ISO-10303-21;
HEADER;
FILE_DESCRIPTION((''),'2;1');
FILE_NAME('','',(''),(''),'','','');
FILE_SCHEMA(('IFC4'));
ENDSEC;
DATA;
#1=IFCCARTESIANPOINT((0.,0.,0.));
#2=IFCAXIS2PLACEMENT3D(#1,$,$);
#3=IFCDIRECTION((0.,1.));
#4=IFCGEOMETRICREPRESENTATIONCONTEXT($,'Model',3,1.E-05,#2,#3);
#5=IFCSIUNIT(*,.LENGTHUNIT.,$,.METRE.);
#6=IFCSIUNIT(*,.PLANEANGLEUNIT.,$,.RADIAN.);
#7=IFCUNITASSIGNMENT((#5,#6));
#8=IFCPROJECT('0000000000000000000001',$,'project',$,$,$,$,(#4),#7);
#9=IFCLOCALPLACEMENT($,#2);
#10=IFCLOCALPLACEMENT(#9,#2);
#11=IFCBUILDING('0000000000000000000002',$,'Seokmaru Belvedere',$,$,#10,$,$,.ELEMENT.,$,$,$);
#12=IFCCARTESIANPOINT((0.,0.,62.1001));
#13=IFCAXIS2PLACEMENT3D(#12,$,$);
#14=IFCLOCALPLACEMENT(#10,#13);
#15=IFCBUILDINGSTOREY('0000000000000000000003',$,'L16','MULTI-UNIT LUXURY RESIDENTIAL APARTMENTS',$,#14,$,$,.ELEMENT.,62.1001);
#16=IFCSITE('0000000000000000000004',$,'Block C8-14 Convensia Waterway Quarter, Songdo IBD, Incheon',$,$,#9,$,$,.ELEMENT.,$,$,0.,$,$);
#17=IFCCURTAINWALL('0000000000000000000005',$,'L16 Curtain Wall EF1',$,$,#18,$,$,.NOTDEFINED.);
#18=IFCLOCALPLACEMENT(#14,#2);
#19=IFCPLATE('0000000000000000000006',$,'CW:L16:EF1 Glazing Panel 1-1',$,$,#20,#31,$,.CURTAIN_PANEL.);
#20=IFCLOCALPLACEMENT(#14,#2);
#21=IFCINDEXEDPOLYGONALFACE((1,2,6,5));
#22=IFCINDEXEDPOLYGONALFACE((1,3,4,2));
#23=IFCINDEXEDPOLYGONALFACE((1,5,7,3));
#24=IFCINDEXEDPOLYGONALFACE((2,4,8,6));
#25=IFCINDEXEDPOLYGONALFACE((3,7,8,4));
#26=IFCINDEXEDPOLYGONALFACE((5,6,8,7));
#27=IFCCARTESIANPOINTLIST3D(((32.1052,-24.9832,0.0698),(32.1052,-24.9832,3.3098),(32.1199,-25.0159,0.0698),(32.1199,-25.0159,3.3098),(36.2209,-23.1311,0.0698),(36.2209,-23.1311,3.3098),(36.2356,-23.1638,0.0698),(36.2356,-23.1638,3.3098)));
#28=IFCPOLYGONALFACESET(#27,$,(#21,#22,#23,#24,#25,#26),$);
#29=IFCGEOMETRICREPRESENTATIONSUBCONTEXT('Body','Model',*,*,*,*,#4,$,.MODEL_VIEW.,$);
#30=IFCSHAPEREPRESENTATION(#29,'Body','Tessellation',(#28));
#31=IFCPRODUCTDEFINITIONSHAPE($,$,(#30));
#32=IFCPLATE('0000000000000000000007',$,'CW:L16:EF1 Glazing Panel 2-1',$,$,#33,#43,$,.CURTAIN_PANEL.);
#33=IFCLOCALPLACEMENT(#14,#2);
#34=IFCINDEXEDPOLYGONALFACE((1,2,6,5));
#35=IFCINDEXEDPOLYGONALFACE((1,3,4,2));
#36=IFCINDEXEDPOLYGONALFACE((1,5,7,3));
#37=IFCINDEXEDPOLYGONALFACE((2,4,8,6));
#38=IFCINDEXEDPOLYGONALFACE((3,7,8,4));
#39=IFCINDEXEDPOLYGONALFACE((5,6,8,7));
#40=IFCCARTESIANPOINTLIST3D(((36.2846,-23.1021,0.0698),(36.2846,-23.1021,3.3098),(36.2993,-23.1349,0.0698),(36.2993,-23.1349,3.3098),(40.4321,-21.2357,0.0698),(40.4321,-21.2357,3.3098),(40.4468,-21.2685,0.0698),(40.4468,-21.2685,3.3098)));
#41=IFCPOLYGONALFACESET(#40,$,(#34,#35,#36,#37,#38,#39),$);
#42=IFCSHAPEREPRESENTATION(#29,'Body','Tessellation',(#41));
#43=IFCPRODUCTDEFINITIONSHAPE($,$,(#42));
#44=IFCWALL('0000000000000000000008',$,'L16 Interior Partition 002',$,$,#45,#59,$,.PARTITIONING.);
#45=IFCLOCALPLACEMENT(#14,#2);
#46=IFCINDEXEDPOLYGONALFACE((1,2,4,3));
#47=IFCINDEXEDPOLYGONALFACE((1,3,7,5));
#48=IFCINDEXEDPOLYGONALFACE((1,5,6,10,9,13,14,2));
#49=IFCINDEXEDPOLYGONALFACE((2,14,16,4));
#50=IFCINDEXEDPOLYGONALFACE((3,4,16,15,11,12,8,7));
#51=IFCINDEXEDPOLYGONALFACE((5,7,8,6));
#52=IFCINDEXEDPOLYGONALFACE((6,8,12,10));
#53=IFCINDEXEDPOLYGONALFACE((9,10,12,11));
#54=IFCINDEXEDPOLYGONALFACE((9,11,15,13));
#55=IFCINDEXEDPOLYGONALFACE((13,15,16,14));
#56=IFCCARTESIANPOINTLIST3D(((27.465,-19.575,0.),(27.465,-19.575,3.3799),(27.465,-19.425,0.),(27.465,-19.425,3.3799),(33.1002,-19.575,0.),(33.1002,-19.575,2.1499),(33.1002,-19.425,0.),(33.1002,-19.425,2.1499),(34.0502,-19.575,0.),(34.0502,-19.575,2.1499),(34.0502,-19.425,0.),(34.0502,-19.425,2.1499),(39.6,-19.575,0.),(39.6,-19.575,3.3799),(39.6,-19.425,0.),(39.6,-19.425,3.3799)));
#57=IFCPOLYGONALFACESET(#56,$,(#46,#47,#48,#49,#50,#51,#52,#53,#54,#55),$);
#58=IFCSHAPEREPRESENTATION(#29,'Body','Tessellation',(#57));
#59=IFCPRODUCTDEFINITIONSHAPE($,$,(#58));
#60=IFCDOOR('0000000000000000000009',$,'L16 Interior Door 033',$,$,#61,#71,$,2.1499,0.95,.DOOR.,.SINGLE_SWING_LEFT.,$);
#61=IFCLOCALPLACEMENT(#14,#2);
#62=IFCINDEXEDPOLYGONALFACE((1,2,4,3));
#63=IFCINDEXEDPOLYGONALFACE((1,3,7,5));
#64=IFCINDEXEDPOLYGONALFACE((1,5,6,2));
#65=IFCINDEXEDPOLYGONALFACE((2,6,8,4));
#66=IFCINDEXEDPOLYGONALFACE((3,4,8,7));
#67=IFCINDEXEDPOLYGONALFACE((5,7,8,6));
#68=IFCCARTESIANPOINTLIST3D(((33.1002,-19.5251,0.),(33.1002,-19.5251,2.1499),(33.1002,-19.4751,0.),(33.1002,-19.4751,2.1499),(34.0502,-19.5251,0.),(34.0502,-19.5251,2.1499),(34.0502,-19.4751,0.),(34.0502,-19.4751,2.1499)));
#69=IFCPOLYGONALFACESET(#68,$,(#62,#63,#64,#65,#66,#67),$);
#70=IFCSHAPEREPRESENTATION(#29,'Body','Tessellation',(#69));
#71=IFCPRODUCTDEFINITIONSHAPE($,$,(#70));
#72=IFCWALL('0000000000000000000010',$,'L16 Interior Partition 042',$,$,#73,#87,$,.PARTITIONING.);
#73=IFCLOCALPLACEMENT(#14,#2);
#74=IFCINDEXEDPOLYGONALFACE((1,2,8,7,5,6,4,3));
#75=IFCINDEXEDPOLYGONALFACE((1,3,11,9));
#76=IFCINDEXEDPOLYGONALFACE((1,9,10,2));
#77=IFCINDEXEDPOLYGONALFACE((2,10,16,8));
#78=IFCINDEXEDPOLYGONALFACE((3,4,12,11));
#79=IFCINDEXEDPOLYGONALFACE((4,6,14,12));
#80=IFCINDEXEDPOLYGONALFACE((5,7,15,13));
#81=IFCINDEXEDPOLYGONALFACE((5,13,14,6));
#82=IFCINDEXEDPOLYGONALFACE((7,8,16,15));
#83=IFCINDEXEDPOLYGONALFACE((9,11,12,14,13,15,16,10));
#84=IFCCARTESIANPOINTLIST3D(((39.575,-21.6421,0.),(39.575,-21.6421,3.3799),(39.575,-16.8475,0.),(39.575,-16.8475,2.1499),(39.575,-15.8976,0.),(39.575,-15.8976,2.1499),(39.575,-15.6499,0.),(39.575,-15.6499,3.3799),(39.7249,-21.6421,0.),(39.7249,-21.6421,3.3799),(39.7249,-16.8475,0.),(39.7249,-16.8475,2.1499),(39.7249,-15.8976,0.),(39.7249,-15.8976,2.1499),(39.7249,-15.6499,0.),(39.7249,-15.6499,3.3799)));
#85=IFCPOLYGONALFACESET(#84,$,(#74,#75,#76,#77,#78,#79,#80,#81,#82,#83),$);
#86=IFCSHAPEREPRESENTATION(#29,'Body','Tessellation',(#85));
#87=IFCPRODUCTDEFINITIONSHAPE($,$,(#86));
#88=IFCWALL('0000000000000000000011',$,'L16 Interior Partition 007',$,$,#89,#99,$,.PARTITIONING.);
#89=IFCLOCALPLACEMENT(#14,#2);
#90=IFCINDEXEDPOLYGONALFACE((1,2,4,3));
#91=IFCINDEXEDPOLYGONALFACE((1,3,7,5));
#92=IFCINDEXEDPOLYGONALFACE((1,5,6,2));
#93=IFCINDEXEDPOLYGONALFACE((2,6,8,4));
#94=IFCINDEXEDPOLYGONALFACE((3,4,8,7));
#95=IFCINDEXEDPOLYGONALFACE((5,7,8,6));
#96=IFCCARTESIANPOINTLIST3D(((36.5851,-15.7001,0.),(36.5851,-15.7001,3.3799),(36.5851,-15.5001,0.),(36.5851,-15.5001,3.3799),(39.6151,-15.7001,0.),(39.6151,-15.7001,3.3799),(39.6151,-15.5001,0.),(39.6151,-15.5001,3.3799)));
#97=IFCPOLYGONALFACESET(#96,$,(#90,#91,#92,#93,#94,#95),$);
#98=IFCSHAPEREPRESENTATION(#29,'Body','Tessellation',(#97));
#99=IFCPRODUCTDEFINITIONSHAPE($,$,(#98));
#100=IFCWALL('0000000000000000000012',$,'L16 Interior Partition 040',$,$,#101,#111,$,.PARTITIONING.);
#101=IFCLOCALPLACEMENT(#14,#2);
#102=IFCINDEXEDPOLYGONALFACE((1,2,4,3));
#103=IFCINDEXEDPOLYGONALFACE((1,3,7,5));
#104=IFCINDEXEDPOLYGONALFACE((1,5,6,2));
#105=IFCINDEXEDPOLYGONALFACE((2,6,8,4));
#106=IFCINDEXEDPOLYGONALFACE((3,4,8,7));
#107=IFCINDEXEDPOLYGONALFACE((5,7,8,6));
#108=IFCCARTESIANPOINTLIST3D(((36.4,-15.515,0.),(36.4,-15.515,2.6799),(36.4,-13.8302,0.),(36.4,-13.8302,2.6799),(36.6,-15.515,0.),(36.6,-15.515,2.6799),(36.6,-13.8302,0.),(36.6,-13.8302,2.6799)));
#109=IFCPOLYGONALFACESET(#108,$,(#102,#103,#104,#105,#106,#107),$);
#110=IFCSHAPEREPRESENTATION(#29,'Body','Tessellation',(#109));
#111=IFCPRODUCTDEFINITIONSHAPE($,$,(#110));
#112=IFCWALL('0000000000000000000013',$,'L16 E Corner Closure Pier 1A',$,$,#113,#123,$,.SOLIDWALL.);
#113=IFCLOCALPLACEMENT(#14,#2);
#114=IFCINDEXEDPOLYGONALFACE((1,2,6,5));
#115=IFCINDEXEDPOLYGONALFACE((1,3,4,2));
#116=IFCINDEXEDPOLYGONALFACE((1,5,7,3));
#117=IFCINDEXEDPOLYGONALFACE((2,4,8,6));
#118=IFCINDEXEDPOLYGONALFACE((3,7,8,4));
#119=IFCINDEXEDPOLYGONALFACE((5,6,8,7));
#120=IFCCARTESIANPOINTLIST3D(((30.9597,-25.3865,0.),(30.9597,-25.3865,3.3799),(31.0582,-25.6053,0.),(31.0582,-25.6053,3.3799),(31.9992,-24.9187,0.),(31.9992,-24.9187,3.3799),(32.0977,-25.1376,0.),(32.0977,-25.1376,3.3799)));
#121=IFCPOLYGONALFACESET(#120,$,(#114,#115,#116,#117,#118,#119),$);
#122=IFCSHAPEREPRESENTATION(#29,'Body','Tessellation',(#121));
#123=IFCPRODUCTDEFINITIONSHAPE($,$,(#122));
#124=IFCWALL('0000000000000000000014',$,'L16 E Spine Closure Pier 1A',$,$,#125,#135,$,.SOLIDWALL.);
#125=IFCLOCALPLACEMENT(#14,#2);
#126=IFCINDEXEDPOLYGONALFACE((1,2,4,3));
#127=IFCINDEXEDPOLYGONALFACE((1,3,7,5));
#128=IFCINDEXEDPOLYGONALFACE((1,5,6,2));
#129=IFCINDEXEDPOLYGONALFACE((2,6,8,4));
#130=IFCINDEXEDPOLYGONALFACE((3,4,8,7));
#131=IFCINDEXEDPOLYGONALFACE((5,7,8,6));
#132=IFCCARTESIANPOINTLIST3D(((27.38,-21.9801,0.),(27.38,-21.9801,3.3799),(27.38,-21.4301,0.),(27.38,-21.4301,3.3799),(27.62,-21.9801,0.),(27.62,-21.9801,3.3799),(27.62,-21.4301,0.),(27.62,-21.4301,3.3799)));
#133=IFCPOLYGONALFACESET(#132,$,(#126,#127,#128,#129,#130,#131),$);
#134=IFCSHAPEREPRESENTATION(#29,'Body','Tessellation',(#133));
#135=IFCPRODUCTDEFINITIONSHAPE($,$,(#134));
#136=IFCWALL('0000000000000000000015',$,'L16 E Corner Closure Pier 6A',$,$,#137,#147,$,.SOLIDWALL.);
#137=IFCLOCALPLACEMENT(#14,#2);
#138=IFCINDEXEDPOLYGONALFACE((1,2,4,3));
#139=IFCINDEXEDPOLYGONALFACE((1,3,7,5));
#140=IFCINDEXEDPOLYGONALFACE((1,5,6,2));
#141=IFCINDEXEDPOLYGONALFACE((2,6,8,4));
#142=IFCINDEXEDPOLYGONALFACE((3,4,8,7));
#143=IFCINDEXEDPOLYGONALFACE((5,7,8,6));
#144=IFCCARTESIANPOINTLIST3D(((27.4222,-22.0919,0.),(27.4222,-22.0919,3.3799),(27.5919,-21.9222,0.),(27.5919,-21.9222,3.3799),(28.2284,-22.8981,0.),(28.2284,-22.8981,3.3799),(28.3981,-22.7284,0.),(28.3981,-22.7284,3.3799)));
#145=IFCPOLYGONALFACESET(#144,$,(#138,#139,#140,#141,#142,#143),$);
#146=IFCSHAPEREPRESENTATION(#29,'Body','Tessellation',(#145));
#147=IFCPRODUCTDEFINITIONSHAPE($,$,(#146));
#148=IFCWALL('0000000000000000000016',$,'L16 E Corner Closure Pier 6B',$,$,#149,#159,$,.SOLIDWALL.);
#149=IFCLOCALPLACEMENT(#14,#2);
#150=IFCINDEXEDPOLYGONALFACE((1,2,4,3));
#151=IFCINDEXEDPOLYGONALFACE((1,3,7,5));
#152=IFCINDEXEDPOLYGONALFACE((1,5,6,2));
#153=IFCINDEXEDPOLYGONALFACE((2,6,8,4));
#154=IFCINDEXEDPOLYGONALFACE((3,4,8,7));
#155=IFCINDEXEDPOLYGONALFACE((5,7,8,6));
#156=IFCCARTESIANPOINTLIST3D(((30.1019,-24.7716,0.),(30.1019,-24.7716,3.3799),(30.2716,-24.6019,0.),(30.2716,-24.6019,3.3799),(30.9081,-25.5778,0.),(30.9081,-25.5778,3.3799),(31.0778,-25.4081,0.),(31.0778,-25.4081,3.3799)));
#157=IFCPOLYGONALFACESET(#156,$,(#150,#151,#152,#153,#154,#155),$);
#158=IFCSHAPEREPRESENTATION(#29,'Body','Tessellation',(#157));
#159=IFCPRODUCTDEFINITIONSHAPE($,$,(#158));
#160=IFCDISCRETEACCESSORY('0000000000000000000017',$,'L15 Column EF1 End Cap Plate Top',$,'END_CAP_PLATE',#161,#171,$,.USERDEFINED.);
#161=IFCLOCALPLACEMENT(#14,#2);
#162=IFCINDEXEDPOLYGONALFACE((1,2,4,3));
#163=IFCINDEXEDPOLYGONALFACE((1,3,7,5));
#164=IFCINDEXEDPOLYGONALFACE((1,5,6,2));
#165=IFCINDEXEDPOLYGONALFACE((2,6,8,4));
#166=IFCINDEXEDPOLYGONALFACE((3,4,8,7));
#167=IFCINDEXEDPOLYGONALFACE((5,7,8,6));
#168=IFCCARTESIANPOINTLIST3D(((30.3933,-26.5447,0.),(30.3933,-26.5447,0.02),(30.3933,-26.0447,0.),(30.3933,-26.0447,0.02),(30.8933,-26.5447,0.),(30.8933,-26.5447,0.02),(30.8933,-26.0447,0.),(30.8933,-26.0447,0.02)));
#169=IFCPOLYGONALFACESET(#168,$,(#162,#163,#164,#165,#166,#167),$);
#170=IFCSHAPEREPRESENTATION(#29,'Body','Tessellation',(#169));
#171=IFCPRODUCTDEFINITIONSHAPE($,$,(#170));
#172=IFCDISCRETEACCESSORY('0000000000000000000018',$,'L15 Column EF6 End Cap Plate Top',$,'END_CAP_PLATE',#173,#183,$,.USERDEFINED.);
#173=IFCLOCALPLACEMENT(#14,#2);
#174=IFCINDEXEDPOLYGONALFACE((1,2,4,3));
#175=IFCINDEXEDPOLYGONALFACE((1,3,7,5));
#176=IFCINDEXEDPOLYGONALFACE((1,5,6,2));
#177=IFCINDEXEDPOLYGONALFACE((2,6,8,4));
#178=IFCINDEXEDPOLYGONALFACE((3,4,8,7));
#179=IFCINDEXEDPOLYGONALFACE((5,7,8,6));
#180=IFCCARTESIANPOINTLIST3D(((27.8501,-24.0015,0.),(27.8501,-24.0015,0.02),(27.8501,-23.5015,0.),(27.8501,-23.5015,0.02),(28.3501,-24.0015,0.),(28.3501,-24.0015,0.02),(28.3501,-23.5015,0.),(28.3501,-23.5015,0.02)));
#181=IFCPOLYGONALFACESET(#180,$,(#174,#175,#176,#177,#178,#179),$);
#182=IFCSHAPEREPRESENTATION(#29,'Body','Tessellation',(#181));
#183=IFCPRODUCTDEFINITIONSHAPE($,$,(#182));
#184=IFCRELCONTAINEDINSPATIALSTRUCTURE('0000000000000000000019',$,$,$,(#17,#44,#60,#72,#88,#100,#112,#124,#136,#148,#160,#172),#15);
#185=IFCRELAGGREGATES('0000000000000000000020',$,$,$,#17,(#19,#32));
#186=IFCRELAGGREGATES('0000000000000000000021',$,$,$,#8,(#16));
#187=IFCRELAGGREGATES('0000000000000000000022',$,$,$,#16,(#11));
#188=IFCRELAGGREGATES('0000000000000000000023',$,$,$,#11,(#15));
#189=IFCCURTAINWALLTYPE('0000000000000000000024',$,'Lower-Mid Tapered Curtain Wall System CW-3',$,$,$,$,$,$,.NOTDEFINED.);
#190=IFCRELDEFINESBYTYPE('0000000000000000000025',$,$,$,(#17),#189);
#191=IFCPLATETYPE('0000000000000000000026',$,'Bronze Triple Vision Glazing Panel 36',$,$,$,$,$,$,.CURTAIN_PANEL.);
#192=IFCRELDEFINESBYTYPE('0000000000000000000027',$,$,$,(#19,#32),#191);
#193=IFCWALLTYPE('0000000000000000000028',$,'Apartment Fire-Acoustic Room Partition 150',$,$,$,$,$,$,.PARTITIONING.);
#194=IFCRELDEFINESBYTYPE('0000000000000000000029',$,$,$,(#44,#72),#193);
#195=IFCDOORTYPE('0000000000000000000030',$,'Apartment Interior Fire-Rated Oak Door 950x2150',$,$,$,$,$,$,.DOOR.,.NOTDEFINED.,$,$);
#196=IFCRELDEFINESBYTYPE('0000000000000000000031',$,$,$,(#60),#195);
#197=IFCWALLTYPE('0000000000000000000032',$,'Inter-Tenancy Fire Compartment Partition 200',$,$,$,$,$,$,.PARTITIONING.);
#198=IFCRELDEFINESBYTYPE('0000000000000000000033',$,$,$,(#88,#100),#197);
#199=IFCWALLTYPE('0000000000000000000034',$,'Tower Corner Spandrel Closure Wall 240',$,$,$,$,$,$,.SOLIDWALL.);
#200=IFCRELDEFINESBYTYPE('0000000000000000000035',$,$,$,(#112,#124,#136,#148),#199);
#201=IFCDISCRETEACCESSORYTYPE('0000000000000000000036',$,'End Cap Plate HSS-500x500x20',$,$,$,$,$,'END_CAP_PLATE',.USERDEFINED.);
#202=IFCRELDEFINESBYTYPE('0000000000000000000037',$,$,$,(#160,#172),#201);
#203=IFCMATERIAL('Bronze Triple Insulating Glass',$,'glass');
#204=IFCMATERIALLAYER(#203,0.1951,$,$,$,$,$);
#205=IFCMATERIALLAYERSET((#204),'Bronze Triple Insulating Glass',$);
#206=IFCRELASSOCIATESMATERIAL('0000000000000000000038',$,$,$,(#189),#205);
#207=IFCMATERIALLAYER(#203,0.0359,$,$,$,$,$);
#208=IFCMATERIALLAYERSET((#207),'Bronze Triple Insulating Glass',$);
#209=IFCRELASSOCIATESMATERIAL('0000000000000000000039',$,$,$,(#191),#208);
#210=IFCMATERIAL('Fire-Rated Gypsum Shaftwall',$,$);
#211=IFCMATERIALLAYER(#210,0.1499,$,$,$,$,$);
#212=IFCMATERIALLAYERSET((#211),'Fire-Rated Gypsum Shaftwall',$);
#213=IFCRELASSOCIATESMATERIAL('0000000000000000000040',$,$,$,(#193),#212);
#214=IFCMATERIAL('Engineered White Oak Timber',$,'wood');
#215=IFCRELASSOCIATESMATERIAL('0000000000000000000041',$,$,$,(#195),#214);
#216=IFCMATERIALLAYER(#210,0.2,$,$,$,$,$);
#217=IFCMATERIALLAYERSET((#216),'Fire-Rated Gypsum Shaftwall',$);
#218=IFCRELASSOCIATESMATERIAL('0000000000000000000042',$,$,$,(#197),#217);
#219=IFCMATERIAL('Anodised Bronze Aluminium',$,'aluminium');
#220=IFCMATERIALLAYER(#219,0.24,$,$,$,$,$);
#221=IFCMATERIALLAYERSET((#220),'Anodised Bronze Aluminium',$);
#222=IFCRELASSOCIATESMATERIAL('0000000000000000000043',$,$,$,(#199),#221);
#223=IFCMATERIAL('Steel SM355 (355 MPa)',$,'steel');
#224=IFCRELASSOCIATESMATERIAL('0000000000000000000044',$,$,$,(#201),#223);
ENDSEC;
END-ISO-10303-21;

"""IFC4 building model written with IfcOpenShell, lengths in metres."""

from ifc_helpers import new_model, si_unit, direction, frame, frame_2d, origin, origin_2d, place, context, subcontext, project, spatial, rectangle, extrude, source, transform, mapped, material, layer, layer_set, type_object, type_shapes, element, fill, aggregate, save


model = new_model("IFC4")

# Units and contexts
model_context = context("Model", 3, precision=1e-05, world=origin(), true_north=direction((0.0, 1.0)))
body_context = subcontext(model_context, "Body", "Model", "MODEL_VIEW")
ifc_project = project(units=[si_unit("LENGTHUNIT", "METRE"), si_unit("PLANEANGLEUNIT", "RADIAN")], contexts=[model_context])

# Site, building, storey
site_placement = place(None, origin())
site = spatial("IfcSite", under=ifc_project, at=site_placement, Name="Block C8-14 Convensia Waterway Quarter, Songdo IBD, Incheon", CompositionType="ELEMENT", RefElevation=0.0)
building_placement = place(site_placement, origin())
building = spatial("IfcBuilding", under=site, at=building_placement, Name="Seokmaru Belvedere", CompositionType="ELEMENT")
storey_placement = place(building_placement, frame((0.0, 0.0, 62.1001)))
storey = spatial("IfcBuildingStorey", under=building, at=storey_placement, Name="L16", Description="MULTI-UNIT LUXURY RESIDENTIAL APARTMENTS", CompositionType="ELEMENT", Elevation=62.1001)

# Shared definitions
ifc_material_1 = material(Name="Steel SM355 (355 MPa)", Category="steel")

# Curtain wall
ifc_material_2 = material(Name="Bronze Triple Insulating Glass", Category="glass")
ifc_layer_1 = layer(ifc_material_2, 0.1951)
ifc_layer_set_1 = layer_set([ifc_layer_1], Name="Bronze Triple Insulating Glass")
curtain_wall_type = type_object("IfcCurtainWallType", Name="Lower-Mid Tapered Curtain Wall System CW-3", PredefinedType="NOTDEFINED", material=ifc_layer_set_1)
curtain_wall_1_placement = place(storey_placement, origin())
curtain_wall_1 = element("IfcCurtainWall", 1, at=curtain_wall_1_placement, inside=storey, type_object=curtain_wall_type, Name="L16 Curtain Wall EF1", PredefinedType="NOTDEFINED")
ifc_material_3 = material(Name="Anodised Bronze Aluminium", Category="aluminium")

# Plates
ifc_layer_2 = layer(ifc_material_2, 0.0359)
ifc_layer_set_2 = layer_set([ifc_layer_2], Name="Bronze Triple Insulating Glass")
plate_type = type_object("IfcPlateType", Name="Bronze Triple Vision Glazing Panel 36", PredefinedType="CURTAIN_PANEL", material=ifc_layer_set_2)
shared_shape_1 = source(origin(), body_context, "Body", "SweptSolid", [
    extrude(rectangle(XDim=4.5132, YDim=0.0359, at=origin_2d()), origin(), (0.0, 0.0, 1.0), 3.24),
])
plate_1_placement = place(storey_placement, frame((34.1704, -24.0735, 0.0698), z_axis=(0.0, 0.0, 1.0), x_axis=(0.911921, 0.410366, 0.0)))
plate_1 = element("IfcPlate", 2, at=plate_1_placement, type_object=plate_type, Name="CW:L16:EF1 Glazing Panel 1-1", PredefinedType="CURTAIN_PANEL", context=body_context, shape_type="MappedRepresentation", body=[
    mapped(shared_shape_1, transform((0.0, 0.0, 0.0), scale=1.0)),
])
shared_shape_2 = source(origin(), body_context, "Body", "SweptSolid", [
    extrude(rectangle(XDim=4.5481, YDim=0.0359, at=origin_2d()), origin(), (0.0, 0.0, 1.0), 3.24),
])
plate_2_placement = place(storey_placement, frame((38.3657, -22.1853, 0.0698), z_axis=(0.0, 0.0, 1.0), x_axis=(0.911921, 0.410366, 0.0)))
plate_2 = element("IfcPlate", 3, at=plate_2_placement, type_object=plate_type, Name="CW:L16:EF1 Glazing Panel 2-1", PredefinedType="CURTAIN_PANEL", context=body_context, shape_type="MappedRepresentation", body=[
    mapped(shared_shape_2, transform((0.0, 0.0, 0.0), scale=1.0)),
])
aggregate(curtain_wall_1, [plate_1, plate_2])

# Wall, opening, door
ifc_material_4 = material(Name="Fire-Rated Gypsum Shaftwall")
ifc_layer_3 = layer(ifc_material_4, 0.1499)
ifc_layer_set_3 = layer_set([ifc_layer_3], Name="Fire-Rated Gypsum Shaftwall")
wall_type_1 = type_object("IfcWallType", Name="Apartment Fire-Acoustic Room Partition 150", PredefinedType="PARTITIONING", material=ifc_layer_set_3)
wall_1_placement = place(storey_placement, frame((27.4651, -19.5, 0.0), z_axis=(0.0, 0.0, 1.0), x_axis=(1.0, 0.0, 0.0)))
wall_1 = element("IfcWall", 4, at=wall_1_placement, inside=storey, type_object=wall_type_1, Name="L16 Interior Partition 002", PredefinedType="PARTITIONING", context=body_context, shape_type="SweptSolid", body=[
    extrude(rectangle(XDim=12.135, YDim=0.1499, at=frame_2d((6.0674, 0.0))), origin(), (0.0, 0.0, 1.0), 3.3799),
])
opening_1_placement = place(wall_1_placement, frame((5.635, 0.0, 0.0)))
opening_1 = element("IfcOpeningElement", 5, at=opening_1_placement, cuts=wall_1, PredefinedType="OPENING", context=body_context, shape_type="SweptSolid", body=[
    extrude(rectangle(XDim=0.95, YDim=2.1499, at=frame_2d((0.4751, 1.075))), frame((0.0, 0.085, 0.0), z_axis=(0.0, -1.0, 0.0), x_axis=(1.0, 0.0, 0.0)), (0.0, 0.0, 1.0), 0.1699),
])
ifc_material_5 = material(Name="Engineered White Oak Timber", Category="wood")
door_type = type_object("IfcDoorType", Name="Apartment Interior Fire-Rated Oak Door 950x2150", OperationType="NOTDEFINED", PredefinedType="DOOR", material=ifc_material_5)
shared_shape_3 = source(origin(), body_context, "Body", "SweptSolid", [
    extrude(rectangle(XDim=0.95, YDim=2.1499, at=frame_2d((0.4751, 1.075))), frame((0.0, 0.0249, 0.0), z_axis=(0.0, -1.0, 0.0), x_axis=(1.0, 0.0, 0.0)), (0.0, 0.0, 1.0), 0.05),
])
type_shapes(door_type, [shared_shape_3])
door_placement = place(opening_1_placement, origin())
door = element("IfcDoor", 6, at=door_placement, inside=storey, type_object=door_type, Name="L16 Interior Door 033", OperationType="SINGLE_SWING_LEFT", OverallHeight=2.1499, OverallWidth=0.95, PredefinedType="DOOR", context=body_context, shape_type="MappedRepresentation", body=[
    mapped(shared_shape_3, transform((0.0, 0.0, 0.0), scale=1.0)),
])
fill(opening_1, door)

# Wall, opening
wall_2_placement = place(storey_placement, frame((39.6499, -21.6421, 0.0), z_axis=(0.0, 0.0, 1.0), x_axis=(0.0, 1.0, 0.0)))
wall_2 = element("IfcWall", 7, at=wall_2_placement, inside=storey, type_object=wall_type_1, Name="L16 Interior Partition 042", PredefinedType="PARTITIONING", context=body_context, shape_type="SweptSolid", body=[
    extrude(rectangle(XDim=5.9922, YDim=0.1499, at=frame_2d((2.9961, 0.0))), origin(), (0.0, 0.0, 1.0), 3.3799),
])
opening_2_placement = place(wall_2_placement, frame((4.7944, 0.0, 0.0)))
element("IfcOpeningElement", 8, at=opening_2_placement, cuts=wall_2, PredefinedType="OPENING", context=body_context, shape_type="SweptSolid", body=[
    extrude(rectangle(XDim=0.95, YDim=2.1499, at=frame_2d((0.4751, 1.075))), frame((0.0, 0.085, 0.0), z_axis=(0.0, -1.0, 0.0), x_axis=(1.0, 0.0, 0.0)), (0.0, 0.0, 1.0), 0.1699),
])

# Walls
ifc_layer_4 = layer(ifc_material_4, 0.2)
ifc_layer_set_4 = layer_set([ifc_layer_4], Name="Fire-Rated Gypsum Shaftwall")
wall_type_2 = type_object("IfcWallType", Name="Inter-Tenancy Fire Compartment Partition 200", PredefinedType="PARTITIONING", material=ifc_layer_set_4)
wall_3_placement = place(storey_placement, frame((36.585, -15.6001, 0.0), z_axis=(0.0, 0.0, 1.0), x_axis=(1.0, 0.0, 0.0)))
element("IfcWall", 9, at=wall_3_placement, inside=storey, type_object=wall_type_2, Name="L16 Interior Partition 007", PredefinedType="PARTITIONING", context=body_context, shape_type="SweptSolid", body=[
    extrude(rectangle(XDim=3.03, YDim=0.2, at=frame_2d((1.5151, 0.0))), origin(), (0.0, 0.0, 1.0), 3.3799),
])
wall_4_placement = place(storey_placement, frame((36.5, -15.5149, 0.0), z_axis=(0.0, 0.0, 1.0), x_axis=(0.0, 1.0, 0.0)))
element("IfcWall", 10, at=wall_4_placement, inside=storey, type_object=wall_type_2, Name="L16 Interior Partition 040", PredefinedType="PARTITIONING", context=body_context, shape_type="SweptSolid", body=[
    extrude(rectangle(XDim=1.6848, YDim=0.2, at=frame_2d((0.8423, 0.0))), origin(), (0.0, 0.0, 1.0), 2.6799),
])
ifc_layer_5 = layer(ifc_material_3, 0.24)
ifc_layer_set_5 = layer_set([ifc_layer_5], Name="Anodised Bronze Aluminium")
wall_type_3 = type_object("IfcWallType", Name="Tower Corner Spandrel Closure Wall 240", PredefinedType="SOLIDWALL", material=ifc_layer_set_5)
wall_5_placement = place(storey_placement, frame((31.009, -25.4958, 0.0), z_axis=(0.0, 0.0, 1.0), x_axis=(0.91193, 0.410347, 0.0)))
element("IfcWall", 11, at=wall_5_placement, inside=storey, type_object=wall_type_3, Name="L16 E Corner Closure Pier 1A", PredefinedType="SOLIDWALL", context=body_context, shape_type="SweptSolid", body=[
    extrude(rectangle(XDim=1.1399, YDim=0.24, at=frame_2d((0.5698, 0.0))), origin(), (0.0, 0.0, 1.0), 3.3799),
])
wall_6_placement = place(storey_placement, frame((27.5, -21.98, 0.0), z_axis=(0.0, 0.0, 1.0), x_axis=(0.0, 1.0, 0.0)))
element("IfcWall", 12, at=wall_6_placement, inside=storey, type_object=wall_type_3, Name="L16 E Spine Closure Pier 1A", PredefinedType="SOLIDWALL", context=body_context, shape_type="SweptSolid", body=[
    extrude(rectangle(XDim=0.55, YDim=0.24, at=frame_2d((0.2749, 0.0))), origin(), (0.0, 0.0, 1.0), 3.3799),
])
for number, where, z_axis, x_axis, name in (
    (13, (27.5071, -22.0071, 0.0), (0.0, 0.0, 1.0), (0.707107, -0.707107, 0.0), "L16 E Corner Closure Pier 6A"),
    (14, (30.1868, -24.6868, 0.0), (0.0, 0.0, 1.0), (0.707107, -0.707107, 0.0), "L16 E Corner Closure Pier 6B"),
):
    element("IfcWall", number, at=place(storey_placement, frame(where, z_axis=z_axis, x_axis=x_axis)), inside=storey, type_object=wall_type_3, Name=name, PredefinedType="SOLIDWALL", context=body_context, shape_type="SweptSolid", body=[
        extrude(rectangle(XDim=1.1401, YDim=0.24, at=frame_2d((0.5701, 0.0))), origin(), (0.0, 0.0, 1.0), 3.3799),
    ])

# Discrete accessories
discrete_accessory_type = type_object("IfcDiscreteAccessoryType", Name="End Cap Plate HSS-500x500x20", ElementType="END_CAP_PLATE", PredefinedType="USERDEFINED", material=ifc_material_1)
shared_shape_4 = source(origin(), body_context, "Body", "SweptSolid", [
    extrude(rectangle(XDim=0.5, YDim=0.5, at=origin_2d()), origin(), (0.0, 0.0, 1.0), 0.02),
])
type_shapes(discrete_accessory_type, [shared_shape_4])
for number, where, z_axis, x_axis, name in (
    (15, (30.6433, -26.2947, 0.0), (0.0, 0.0, 1.0), (1.0, 0.0, 0.0), "L15 Column EF1 End Cap Plate Top"),
    (16, (28.1001, -23.7515, 0.0), (0.0, 0.0, 1.0), (1.0, 0.0, 0.0), "L15 Column EF6 End Cap Plate Top"),
):
    element("IfcDiscreteAccessory", number, at=place(storey_placement, frame(where, z_axis=z_axis, x_axis=x_axis)), inside=storey, type_object=discrete_accessory_type, Name=name, ObjectType="END_CAP_PLATE", PredefinedType="USERDEFINED", context=body_context, shape_type="MappedRepresentation", body=[
        mapped(shared_shape_4, transform((0.0, 0.0, 0.0), scale=1.0)),
    ])

save(model, "model.ifc")
